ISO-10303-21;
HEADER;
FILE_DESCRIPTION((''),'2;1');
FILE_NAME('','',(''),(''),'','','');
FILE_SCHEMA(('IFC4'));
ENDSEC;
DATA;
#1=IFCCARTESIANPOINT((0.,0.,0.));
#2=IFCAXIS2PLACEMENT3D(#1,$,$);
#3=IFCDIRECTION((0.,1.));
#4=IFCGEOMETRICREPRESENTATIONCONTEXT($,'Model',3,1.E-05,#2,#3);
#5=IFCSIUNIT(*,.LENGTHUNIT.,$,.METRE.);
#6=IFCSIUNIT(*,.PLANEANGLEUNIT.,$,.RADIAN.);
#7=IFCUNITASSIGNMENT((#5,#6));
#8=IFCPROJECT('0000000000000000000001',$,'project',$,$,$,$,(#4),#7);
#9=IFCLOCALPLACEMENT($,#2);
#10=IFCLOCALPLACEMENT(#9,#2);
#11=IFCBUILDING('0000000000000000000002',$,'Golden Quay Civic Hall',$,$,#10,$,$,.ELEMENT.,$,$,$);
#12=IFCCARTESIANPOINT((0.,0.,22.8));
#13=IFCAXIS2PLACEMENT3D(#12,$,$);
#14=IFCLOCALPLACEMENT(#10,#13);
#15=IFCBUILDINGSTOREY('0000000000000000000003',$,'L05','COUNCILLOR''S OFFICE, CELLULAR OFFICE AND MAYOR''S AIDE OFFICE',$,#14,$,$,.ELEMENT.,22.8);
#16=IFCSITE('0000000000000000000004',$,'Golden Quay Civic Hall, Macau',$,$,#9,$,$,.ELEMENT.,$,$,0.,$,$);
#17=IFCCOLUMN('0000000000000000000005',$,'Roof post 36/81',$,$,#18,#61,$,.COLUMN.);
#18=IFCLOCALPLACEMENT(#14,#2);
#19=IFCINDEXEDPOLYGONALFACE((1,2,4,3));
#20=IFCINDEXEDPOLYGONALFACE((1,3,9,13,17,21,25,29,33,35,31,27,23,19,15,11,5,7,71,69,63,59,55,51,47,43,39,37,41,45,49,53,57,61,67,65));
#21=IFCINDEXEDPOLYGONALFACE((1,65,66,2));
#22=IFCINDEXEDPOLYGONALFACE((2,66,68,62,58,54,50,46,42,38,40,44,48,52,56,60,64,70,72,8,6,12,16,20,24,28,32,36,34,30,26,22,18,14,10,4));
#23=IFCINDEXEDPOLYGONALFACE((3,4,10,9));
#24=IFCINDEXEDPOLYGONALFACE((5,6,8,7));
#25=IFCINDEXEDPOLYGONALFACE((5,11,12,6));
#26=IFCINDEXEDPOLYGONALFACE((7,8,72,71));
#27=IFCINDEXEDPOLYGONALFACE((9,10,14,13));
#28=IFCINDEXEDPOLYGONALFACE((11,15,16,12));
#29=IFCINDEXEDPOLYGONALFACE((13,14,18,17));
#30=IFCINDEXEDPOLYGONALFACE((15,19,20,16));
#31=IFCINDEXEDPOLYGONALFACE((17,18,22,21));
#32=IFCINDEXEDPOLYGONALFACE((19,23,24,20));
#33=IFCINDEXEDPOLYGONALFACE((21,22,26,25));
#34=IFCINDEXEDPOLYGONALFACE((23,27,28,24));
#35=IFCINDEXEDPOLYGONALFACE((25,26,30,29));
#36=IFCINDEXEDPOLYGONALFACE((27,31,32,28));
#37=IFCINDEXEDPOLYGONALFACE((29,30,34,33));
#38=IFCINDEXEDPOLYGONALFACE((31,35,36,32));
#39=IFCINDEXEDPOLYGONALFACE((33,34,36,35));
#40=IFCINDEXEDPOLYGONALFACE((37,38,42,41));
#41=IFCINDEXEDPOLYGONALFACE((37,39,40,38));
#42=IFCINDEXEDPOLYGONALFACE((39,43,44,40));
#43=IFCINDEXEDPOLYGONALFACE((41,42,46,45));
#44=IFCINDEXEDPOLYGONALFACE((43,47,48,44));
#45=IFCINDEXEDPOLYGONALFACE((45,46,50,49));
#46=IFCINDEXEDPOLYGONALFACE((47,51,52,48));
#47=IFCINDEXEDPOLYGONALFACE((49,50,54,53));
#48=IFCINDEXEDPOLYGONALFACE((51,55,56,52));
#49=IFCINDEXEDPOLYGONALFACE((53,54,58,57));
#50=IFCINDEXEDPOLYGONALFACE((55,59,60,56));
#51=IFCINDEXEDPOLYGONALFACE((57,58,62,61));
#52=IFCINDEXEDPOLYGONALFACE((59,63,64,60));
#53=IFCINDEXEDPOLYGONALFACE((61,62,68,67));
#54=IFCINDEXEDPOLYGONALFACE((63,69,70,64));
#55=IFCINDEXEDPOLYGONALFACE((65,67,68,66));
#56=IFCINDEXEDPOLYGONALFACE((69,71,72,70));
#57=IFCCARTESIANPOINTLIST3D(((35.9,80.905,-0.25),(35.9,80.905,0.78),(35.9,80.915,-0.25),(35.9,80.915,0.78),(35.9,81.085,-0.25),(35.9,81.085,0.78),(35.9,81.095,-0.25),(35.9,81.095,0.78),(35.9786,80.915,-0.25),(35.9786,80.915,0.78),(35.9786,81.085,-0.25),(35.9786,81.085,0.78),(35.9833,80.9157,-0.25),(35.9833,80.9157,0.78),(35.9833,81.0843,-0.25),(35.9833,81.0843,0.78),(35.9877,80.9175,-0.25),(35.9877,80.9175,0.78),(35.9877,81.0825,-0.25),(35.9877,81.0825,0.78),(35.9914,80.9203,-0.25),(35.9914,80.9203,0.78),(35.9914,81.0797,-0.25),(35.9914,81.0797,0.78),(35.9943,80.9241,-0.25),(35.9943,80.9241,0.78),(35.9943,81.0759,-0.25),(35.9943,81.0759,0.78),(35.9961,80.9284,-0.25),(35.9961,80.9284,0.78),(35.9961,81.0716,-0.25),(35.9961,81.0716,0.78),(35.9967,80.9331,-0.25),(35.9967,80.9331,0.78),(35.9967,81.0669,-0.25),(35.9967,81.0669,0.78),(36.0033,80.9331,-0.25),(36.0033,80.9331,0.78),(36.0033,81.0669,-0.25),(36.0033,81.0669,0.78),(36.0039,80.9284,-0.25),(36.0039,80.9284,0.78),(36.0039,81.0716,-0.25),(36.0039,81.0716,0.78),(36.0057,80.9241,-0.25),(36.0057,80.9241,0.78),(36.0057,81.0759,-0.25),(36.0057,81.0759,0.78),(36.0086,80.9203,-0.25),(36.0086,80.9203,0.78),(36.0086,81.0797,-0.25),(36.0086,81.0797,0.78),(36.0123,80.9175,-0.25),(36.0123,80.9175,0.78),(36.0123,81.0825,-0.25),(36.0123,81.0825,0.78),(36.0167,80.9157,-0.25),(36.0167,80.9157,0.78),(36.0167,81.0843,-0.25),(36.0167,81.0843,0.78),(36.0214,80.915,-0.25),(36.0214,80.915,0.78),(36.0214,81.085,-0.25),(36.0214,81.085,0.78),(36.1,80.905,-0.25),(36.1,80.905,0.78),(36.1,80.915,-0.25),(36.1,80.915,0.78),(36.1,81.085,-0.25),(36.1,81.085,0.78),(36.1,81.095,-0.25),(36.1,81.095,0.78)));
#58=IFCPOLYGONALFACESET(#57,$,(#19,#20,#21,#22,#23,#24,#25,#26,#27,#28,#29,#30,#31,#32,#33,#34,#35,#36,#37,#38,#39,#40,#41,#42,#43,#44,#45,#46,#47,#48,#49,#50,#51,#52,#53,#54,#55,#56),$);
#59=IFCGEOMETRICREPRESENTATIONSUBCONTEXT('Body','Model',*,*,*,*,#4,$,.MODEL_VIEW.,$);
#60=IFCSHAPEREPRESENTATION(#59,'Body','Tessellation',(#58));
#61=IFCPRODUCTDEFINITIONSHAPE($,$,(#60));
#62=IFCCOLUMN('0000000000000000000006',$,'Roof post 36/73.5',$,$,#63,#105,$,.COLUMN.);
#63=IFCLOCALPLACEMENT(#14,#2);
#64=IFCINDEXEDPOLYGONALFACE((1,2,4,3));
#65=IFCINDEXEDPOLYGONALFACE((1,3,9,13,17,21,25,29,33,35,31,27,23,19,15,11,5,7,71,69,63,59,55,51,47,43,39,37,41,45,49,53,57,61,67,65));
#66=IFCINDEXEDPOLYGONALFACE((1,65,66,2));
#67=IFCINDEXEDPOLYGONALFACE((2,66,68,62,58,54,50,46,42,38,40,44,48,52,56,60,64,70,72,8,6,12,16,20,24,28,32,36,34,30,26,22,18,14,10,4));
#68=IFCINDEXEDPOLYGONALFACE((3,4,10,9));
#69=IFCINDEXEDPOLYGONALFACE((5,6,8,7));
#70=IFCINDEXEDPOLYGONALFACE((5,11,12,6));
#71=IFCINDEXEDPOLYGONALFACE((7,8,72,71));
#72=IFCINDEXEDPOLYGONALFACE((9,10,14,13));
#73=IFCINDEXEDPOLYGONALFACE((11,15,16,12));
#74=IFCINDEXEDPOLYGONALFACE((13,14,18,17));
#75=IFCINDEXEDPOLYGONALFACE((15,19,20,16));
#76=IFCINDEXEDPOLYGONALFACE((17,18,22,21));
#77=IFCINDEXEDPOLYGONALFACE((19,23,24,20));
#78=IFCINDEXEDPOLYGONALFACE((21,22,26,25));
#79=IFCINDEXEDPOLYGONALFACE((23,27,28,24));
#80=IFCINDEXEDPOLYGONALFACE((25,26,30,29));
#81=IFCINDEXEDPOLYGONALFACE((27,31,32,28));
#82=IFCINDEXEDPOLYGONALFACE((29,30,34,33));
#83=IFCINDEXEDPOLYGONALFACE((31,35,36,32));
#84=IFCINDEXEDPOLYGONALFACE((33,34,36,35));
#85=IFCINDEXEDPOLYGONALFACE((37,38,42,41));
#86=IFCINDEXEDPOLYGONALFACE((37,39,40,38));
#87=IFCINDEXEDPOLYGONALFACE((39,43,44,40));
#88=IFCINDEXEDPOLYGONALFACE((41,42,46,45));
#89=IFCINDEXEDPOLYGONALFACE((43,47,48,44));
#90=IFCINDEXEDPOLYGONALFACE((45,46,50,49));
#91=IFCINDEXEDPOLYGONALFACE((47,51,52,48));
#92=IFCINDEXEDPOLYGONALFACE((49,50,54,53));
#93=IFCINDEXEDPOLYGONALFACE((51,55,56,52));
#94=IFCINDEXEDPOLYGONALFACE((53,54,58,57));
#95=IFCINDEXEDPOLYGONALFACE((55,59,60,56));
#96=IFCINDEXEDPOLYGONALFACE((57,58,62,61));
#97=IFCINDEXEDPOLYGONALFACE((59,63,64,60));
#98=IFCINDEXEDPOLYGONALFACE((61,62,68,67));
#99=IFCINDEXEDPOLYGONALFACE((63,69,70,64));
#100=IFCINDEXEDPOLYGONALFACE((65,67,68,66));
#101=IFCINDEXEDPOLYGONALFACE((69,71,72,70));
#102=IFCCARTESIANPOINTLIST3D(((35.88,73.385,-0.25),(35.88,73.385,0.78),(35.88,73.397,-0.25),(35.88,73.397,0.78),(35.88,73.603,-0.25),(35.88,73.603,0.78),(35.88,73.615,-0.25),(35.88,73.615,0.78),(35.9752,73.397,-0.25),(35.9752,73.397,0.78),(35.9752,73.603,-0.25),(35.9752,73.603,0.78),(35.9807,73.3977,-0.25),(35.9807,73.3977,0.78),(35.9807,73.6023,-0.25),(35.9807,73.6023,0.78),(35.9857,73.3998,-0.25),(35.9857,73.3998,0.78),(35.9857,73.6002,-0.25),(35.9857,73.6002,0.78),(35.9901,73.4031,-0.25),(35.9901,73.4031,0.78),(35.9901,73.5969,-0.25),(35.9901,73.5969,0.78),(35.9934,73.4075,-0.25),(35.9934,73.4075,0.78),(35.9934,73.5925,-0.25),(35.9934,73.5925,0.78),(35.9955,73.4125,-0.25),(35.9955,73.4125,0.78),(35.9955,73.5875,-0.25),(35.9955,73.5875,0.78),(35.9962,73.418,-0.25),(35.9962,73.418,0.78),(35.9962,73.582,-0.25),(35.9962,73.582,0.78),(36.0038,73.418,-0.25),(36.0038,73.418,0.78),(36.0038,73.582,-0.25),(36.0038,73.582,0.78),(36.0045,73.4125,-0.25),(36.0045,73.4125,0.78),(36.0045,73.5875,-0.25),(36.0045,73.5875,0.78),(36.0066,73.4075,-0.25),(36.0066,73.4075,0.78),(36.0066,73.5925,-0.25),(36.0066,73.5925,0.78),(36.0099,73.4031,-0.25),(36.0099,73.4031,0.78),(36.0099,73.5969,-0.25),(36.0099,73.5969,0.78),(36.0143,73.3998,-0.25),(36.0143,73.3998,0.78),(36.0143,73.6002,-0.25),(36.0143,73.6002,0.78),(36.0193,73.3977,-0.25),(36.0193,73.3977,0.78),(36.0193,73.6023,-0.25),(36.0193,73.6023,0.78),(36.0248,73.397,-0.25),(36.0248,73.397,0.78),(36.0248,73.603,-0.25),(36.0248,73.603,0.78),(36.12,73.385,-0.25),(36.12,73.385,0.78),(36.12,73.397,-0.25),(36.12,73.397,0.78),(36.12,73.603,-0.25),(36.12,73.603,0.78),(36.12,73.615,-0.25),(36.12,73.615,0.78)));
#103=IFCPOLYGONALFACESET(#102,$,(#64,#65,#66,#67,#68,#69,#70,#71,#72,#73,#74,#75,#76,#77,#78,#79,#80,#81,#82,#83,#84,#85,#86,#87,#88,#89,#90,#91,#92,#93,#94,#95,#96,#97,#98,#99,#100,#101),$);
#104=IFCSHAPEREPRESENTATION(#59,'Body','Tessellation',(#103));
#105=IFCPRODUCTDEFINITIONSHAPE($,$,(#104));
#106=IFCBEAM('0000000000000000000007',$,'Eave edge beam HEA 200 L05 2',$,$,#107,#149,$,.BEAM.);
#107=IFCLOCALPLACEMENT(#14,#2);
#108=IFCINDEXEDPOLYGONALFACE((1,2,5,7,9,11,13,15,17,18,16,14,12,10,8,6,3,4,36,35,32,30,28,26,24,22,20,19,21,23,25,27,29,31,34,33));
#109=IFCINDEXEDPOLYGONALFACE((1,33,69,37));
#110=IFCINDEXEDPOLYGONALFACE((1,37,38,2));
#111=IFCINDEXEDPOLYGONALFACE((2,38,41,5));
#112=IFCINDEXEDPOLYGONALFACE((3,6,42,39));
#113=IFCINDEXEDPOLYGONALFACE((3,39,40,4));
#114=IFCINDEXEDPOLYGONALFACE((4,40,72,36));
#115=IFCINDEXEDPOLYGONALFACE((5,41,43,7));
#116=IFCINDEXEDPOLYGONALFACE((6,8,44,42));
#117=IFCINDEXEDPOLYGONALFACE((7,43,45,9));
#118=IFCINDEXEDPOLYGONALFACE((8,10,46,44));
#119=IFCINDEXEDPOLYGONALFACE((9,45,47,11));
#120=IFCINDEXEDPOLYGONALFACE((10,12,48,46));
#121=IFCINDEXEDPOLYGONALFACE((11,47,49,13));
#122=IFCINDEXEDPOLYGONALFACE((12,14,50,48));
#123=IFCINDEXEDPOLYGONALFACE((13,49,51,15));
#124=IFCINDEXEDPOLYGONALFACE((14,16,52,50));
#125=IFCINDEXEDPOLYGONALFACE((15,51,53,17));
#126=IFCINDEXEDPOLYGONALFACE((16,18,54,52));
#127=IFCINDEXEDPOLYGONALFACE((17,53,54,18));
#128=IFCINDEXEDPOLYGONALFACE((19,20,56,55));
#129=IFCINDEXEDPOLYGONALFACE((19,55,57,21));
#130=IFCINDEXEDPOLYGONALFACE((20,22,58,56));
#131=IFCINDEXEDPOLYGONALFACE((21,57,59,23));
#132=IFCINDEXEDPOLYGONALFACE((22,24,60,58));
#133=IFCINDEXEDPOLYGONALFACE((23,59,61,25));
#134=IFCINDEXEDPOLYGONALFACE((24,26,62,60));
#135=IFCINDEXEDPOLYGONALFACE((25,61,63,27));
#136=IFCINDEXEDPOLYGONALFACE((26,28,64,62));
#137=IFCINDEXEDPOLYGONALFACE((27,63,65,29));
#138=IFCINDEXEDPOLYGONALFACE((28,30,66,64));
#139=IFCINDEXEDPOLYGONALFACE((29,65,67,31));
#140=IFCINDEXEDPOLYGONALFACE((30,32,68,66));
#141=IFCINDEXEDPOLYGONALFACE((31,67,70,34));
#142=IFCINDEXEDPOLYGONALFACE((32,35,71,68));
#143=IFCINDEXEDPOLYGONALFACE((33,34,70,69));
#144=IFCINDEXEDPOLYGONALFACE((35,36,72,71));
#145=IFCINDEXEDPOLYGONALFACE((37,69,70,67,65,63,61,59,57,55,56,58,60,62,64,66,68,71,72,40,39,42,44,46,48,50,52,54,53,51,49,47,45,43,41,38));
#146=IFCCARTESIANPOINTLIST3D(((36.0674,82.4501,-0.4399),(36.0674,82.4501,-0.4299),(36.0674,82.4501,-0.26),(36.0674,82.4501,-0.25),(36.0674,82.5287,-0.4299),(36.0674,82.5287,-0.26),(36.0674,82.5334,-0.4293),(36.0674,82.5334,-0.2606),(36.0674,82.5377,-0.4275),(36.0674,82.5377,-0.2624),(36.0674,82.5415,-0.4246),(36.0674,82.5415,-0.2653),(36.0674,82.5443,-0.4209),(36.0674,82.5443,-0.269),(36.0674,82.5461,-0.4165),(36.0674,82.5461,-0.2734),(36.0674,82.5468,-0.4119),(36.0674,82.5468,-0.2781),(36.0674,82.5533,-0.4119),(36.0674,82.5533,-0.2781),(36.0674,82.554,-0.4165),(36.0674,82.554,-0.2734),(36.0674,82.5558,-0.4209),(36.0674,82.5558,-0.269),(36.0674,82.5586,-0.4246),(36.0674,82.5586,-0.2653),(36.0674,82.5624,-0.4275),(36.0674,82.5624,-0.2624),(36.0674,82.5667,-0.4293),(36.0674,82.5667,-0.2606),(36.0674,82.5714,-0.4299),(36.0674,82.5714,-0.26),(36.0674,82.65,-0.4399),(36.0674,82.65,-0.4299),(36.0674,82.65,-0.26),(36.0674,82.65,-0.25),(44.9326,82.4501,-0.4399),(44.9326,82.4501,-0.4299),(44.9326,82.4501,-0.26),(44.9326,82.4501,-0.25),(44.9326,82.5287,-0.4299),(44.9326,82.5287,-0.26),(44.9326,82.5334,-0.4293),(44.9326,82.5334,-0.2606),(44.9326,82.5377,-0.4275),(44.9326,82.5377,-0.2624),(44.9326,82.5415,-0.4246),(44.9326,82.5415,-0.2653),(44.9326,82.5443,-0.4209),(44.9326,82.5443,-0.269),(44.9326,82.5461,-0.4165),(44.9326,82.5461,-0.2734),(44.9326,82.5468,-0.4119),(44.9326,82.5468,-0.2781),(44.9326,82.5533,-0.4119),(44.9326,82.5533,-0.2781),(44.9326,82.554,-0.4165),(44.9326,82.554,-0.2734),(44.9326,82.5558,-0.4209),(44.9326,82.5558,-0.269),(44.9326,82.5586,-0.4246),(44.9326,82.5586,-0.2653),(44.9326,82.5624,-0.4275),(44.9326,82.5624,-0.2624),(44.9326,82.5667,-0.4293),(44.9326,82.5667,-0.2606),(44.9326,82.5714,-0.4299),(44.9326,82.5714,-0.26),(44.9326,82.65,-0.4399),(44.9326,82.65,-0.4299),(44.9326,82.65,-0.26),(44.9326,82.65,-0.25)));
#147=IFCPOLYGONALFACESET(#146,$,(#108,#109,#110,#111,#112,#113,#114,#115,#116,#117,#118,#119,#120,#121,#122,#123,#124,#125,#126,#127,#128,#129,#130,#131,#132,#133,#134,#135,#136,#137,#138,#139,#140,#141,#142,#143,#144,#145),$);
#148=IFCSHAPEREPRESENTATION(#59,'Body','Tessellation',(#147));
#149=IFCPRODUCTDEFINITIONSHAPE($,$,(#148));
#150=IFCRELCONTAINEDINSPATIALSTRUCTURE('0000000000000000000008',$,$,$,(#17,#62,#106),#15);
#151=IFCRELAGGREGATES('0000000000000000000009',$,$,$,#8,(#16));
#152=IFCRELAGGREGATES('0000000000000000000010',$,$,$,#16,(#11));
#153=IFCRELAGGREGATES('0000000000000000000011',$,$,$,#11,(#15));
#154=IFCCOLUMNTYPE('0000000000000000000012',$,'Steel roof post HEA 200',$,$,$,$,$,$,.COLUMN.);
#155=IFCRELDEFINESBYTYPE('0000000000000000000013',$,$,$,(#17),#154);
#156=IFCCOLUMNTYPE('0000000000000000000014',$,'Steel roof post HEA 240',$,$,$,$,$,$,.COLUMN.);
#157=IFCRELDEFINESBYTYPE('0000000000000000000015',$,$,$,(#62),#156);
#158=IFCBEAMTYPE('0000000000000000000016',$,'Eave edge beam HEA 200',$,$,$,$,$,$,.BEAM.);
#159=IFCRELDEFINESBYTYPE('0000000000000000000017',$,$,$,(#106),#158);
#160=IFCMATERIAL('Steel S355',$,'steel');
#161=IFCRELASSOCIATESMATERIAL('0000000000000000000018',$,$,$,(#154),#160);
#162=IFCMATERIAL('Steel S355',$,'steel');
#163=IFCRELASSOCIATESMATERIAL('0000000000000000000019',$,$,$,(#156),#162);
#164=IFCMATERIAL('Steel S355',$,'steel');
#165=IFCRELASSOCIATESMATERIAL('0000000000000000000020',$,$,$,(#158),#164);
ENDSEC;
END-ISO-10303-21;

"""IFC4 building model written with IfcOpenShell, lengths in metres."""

from ifc_helpers import new_model, si_unit, direction, frame, origin, origin_2d, place, context, subcontext, project, spatial, i_section, extrude, material, material_profile, profile_set, type_object, element, save


model = new_model("IFC4")

# Units and contexts
model_context = context("Model", 3, precision=1e-05, world=origin(), true_north=direction((0.0, 1.0)))
body_context = subcontext(model_context, "Body", "Model", "MODEL_VIEW")
ifc_project = project(units=[si_unit("LENGTHUNIT", "METRE"), si_unit("PLANEANGLEUNIT", "RADIAN")], contexts=[model_context])

# Site, building, storey
site_placement = place(None, origin())
site = spatial("IfcSite", under=ifc_project, at=site_placement, Name="Golden Quay Civic Hall, Macau", CompositionType="ELEMENT", RefElevation=0.0)
building_placement = place(site_placement, origin())
building = spatial("IfcBuilding", under=site, at=building_placement, Name="Golden Quay Civic Hall", CompositionType="ELEMENT")
storey_placement = place(building_placement, frame((0.0, 0.0, 22.8)))
storey = spatial("IfcBuildingStorey", under=building, at=storey_placement, Name="L05", Description="COUNCILLOR'S OFFICE, CELLULAR OFFICE AND MAYOR'S AIDE OFFICE", CompositionType="ELEMENT", Elevation=22.8)

# Columns
ifc_material_1 = material(Name="Steel S355", Category="steel")
ifc_material_profile_1 = material_profile(ifc_material_1, i_section(OverallWidth=0.2, OverallDepth=0.1899, WebThickness=0.0066, FlangeThickness=0.01, FilletRadius=0.0181, at=origin_2d()), Name="HEA 200")
ifc_profile_set_1 = profile_set([ifc_material_profile_1], Name="Steel S355")
column_type_1 = type_object("IfcColumnType", Name="Steel roof post HEA 200", PredefinedType="COLUMN", material=ifc_profile_set_1)
column_1_placement = place(storey_placement, frame((36.0, 81.0, -0.25), z_axis=(0.0, 0.0, 1.0), x_axis=(1.0, 0.0, 0.0)))
element("IfcColumn", 1, at=column_1_placement, inside=storey, type_object=column_type_1, Name="Roof post 36/81", PredefinedType="COLUMN", context=body_context, shape_type="SweptSolid", body=[
    extrude(i_section(OverallWidth=0.2, OverallDepth=0.1899, WebThickness=0.0066, FlangeThickness=0.01, FilletRadius=0.0181, at=origin_2d()), origin(), (0.0, 0.0, 1.0), 1.03),
])
ifc_material_2 = material(Name="Steel S355", Category="steel")
ifc_material_profile_2 = material_profile(ifc_material_2, i_section(OverallWidth=0.24, OverallDepth=0.23, WebThickness=0.0076, FlangeThickness=0.012, FilletRadius=0.021, at=origin_2d()), Name="HEA 240")
ifc_profile_set_2 = profile_set([ifc_material_profile_2], Name="Steel S355")
column_type_2 = type_object("IfcColumnType", Name="Steel roof post HEA 240", PredefinedType="COLUMN", material=ifc_profile_set_2)
column_2_placement = place(storey_placement, frame((36.0, 73.5, -0.25), z_axis=(0.0, 0.0, 1.0), x_axis=(1.0, 0.0, 0.0)))
element("IfcColumn", 2, at=column_2_placement, inside=storey, type_object=column_type_2, Name="Roof post 36/73.5", PredefinedType="COLUMN", context=body_context, shape_type="SweptSolid", body=[
    extrude(i_section(OverallWidth=0.24, OverallDepth=0.23, WebThickness=0.0076, FlangeThickness=0.012, FilletRadius=0.021, at=origin_2d()), origin(), (0.0, 0.0, 1.0), 1.03),
])

# Beam
ifc_material_3 = material(Name="Steel S355", Category="steel")
ifc_material_profile_3 = material_profile(ifc_material_3, i_section(OverallWidth=0.2, OverallDepth=0.1899, WebThickness=0.0066, FlangeThickness=0.01, FilletRadius=0.0181, at=origin_2d()), Name="HEA 200")
ifc_profile_set_3 = profile_set([ifc_material_profile_3], Name="Steel S355")
beam_type_1 = type_object("IfcBeamType", Name="Eave edge beam HEA 200", PredefinedType="BEAM", material=ifc_profile_set_3)
beam_1_placement = place(storey_placement, frame((36.0674, 82.55, -0.345), z_axis=(1.0, 0.0, 0.0), x_axis=(0.0, 1.0, 0.0)))
element("IfcBeam", 3, at=beam_1_placement, inside=storey, type_object=beam_type_1, Name="Eave edge beam HEA 200 L05 2", PredefinedType="BEAM", context=body_context, shape_type="SweptSolid", body=[
    extrude(i_section(OverallWidth=0.2, OverallDepth=0.1899, WebThickness=0.0066, FlangeThickness=0.01, FilletRadius=0.0181, at=origin_2d()), origin(), (0.0, 0.0, 1.0), 8.8652),
])

save(model, "model.ifc")
